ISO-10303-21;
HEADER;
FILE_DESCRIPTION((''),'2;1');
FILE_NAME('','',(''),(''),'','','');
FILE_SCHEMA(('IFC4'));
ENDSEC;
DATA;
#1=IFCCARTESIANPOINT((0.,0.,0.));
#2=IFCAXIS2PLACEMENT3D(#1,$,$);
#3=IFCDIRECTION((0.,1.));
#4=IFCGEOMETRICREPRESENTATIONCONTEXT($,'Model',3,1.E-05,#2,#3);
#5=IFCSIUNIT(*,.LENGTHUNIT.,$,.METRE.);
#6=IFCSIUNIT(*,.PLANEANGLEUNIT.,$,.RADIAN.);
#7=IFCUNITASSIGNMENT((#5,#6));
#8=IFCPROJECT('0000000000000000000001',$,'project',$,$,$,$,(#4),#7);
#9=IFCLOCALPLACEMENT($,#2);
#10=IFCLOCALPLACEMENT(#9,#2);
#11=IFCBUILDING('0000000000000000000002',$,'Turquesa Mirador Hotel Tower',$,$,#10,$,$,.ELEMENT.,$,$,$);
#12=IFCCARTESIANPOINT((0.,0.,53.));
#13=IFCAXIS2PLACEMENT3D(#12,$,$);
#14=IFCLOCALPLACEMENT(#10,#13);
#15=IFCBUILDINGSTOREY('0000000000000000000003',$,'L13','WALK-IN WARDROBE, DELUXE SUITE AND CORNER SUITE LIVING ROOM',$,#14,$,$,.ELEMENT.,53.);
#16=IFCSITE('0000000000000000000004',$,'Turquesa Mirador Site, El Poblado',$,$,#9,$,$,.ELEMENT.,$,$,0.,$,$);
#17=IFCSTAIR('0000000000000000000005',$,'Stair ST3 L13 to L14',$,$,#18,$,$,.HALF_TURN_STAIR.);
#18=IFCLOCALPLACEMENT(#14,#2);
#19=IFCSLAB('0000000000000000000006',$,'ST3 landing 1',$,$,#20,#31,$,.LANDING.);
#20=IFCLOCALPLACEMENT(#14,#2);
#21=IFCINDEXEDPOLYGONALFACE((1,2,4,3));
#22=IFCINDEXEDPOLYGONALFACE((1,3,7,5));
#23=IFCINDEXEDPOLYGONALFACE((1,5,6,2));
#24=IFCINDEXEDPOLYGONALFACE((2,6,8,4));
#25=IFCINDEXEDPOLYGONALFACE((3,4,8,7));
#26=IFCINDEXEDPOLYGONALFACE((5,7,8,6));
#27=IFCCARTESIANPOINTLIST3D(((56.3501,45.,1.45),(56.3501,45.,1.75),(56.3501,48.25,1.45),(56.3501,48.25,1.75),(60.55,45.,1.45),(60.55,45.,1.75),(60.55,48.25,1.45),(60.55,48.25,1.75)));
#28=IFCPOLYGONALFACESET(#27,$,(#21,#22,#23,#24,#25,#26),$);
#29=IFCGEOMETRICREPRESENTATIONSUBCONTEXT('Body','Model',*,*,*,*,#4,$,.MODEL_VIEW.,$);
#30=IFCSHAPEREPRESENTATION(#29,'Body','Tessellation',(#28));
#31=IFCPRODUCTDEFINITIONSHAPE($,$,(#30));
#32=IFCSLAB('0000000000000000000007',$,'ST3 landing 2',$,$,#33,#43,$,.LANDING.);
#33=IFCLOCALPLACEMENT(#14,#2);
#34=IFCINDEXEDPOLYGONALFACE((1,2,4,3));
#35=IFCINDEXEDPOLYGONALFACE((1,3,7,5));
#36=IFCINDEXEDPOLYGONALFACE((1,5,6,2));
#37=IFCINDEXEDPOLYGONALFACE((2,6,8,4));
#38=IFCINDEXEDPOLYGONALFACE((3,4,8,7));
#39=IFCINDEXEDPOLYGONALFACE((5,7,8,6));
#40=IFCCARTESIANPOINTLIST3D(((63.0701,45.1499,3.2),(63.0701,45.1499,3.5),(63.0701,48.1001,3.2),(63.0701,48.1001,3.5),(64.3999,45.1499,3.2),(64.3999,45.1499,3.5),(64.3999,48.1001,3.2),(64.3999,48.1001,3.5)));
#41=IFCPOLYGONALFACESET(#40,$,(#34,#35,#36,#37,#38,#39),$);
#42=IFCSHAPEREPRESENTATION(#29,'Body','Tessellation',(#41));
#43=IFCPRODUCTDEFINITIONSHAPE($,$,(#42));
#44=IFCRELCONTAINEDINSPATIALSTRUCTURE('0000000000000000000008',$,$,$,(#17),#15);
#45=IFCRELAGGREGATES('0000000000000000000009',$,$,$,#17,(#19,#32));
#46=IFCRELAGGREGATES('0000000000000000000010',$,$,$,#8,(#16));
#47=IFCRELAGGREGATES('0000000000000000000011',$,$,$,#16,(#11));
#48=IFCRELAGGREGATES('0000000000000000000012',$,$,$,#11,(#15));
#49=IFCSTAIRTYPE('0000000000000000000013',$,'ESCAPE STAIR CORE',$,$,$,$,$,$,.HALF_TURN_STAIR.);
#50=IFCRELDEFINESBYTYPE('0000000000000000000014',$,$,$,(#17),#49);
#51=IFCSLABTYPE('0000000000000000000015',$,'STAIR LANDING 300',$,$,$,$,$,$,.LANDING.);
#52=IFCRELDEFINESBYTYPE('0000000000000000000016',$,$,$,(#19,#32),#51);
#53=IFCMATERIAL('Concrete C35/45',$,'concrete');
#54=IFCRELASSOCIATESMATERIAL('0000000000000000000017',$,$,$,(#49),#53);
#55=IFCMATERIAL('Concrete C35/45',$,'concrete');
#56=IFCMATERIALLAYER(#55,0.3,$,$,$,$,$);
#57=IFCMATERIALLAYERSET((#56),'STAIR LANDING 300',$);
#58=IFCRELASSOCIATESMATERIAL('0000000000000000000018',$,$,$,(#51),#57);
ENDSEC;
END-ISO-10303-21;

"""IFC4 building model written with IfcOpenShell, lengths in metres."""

from ifc_helpers import new_model, si_unit, direction, frame, origin, place, context, subcontext, project, spatial, polyline, outline, extrude, material, layer, layer_set, type_object, element, aggregate, save


model = new_model("IFC4")

# Units and contexts
model_context = context("Model", 3, precision=1e-05, world=origin(), true_north=direction((0.0, 1.0)))
body_context = subcontext(model_context, "Body", "Model", "MODEL_VIEW")
ifc_project = project(units=[si_unit("LENGTHUNIT", "METRE"), si_unit("PLANEANGLEUNIT", "RADIAN")], contexts=[model_context])

# Site, building, storey
site_placement = place(None, origin())
site = spatial("IfcSite", under=ifc_project, at=site_placement, Name="Turquesa Mirador Site, El Poblado", CompositionType="ELEMENT", RefElevation=0.0)
building_placement = place(site_placement, origin())
building = spatial("IfcBuilding", under=site, at=building_placement, Name="Turquesa Mirador Hotel Tower", CompositionType="ELEMENT")
storey_placement = place(building_placement, frame((0.0, 0.0, 53.0)))
storey = spatial("IfcBuildingStorey", under=building, at=storey_placement, Name="L13", Description="WALK-IN WARDROBE, DELUXE SUITE AND CORNER SUITE LIVING ROOM", CompositionType="ELEMENT", Elevation=53.0)

# Stair, slabs
ifc_material_1 = material(Name="Concrete C35/45", Category="concrete")
stair_type = type_object("IfcStairType", Name="ESCAPE STAIR CORE", PredefinedType="HALF_TURN_STAIR", material=ifc_material_1)
ifc_material_2 = material(Name="Concrete C35/45", Category="concrete")
ifc_layer_1 = layer(ifc_material_2, 0.3)
ifc_layer_set_1 = layer_set([ifc_layer_1], Name="STAIR LANDING 300")
slab_type_1 = type_object("IfcSlabType", Name="STAIR LANDING 300", PredefinedType="LANDING", material=ifc_layer_set_1)
stair_1_placement = place(storey_placement, origin())
stair_1 = element("IfcStair", 1, at=stair_1_placement, inside=storey, type_object=stair_type, Name="Stair ST3 L13 to L14", PredefinedType="HALF_TURN_STAIR")
slab_1_placement = place(storey_placement, frame((0.0, 0.0, 1.45)))
slab_1 = element("IfcSlab", 2, at=slab_1_placement, type_object=slab_type_1, Name="ST3 landing 1", PredefinedType="LANDING", context=body_context, shape_type="SweptSolid", body=[
    extrude(outline(polyline([(56.3501, 45.0), (60.55, 45.0), (60.55, 48.25), (56.3501, 48.25), (56.3501, 45.0)])), origin(), (0.0, 0.0, 1.0), 0.3),
])
slab_2_placement = place(storey_placement, frame((0.0, 0.0, 3.2)))
slab_2 = element("IfcSlab", 3, at=slab_2_placement, type_object=slab_type_1, Name="ST3 landing 2", PredefinedType="LANDING", context=body_context, shape_type="SweptSolid", body=[
    extrude(outline(polyline([(63.0701, 45.1499), (64.3999, 45.1499), (64.3999, 48.1001), (63.0701, 48.1001), (63.0701, 45.1499)])), origin(), (0.0, 0.0, 1.0), 0.3),
])
aggregate(stair_1, [slab_1, slab_2])

save(model, "model.ifc")
